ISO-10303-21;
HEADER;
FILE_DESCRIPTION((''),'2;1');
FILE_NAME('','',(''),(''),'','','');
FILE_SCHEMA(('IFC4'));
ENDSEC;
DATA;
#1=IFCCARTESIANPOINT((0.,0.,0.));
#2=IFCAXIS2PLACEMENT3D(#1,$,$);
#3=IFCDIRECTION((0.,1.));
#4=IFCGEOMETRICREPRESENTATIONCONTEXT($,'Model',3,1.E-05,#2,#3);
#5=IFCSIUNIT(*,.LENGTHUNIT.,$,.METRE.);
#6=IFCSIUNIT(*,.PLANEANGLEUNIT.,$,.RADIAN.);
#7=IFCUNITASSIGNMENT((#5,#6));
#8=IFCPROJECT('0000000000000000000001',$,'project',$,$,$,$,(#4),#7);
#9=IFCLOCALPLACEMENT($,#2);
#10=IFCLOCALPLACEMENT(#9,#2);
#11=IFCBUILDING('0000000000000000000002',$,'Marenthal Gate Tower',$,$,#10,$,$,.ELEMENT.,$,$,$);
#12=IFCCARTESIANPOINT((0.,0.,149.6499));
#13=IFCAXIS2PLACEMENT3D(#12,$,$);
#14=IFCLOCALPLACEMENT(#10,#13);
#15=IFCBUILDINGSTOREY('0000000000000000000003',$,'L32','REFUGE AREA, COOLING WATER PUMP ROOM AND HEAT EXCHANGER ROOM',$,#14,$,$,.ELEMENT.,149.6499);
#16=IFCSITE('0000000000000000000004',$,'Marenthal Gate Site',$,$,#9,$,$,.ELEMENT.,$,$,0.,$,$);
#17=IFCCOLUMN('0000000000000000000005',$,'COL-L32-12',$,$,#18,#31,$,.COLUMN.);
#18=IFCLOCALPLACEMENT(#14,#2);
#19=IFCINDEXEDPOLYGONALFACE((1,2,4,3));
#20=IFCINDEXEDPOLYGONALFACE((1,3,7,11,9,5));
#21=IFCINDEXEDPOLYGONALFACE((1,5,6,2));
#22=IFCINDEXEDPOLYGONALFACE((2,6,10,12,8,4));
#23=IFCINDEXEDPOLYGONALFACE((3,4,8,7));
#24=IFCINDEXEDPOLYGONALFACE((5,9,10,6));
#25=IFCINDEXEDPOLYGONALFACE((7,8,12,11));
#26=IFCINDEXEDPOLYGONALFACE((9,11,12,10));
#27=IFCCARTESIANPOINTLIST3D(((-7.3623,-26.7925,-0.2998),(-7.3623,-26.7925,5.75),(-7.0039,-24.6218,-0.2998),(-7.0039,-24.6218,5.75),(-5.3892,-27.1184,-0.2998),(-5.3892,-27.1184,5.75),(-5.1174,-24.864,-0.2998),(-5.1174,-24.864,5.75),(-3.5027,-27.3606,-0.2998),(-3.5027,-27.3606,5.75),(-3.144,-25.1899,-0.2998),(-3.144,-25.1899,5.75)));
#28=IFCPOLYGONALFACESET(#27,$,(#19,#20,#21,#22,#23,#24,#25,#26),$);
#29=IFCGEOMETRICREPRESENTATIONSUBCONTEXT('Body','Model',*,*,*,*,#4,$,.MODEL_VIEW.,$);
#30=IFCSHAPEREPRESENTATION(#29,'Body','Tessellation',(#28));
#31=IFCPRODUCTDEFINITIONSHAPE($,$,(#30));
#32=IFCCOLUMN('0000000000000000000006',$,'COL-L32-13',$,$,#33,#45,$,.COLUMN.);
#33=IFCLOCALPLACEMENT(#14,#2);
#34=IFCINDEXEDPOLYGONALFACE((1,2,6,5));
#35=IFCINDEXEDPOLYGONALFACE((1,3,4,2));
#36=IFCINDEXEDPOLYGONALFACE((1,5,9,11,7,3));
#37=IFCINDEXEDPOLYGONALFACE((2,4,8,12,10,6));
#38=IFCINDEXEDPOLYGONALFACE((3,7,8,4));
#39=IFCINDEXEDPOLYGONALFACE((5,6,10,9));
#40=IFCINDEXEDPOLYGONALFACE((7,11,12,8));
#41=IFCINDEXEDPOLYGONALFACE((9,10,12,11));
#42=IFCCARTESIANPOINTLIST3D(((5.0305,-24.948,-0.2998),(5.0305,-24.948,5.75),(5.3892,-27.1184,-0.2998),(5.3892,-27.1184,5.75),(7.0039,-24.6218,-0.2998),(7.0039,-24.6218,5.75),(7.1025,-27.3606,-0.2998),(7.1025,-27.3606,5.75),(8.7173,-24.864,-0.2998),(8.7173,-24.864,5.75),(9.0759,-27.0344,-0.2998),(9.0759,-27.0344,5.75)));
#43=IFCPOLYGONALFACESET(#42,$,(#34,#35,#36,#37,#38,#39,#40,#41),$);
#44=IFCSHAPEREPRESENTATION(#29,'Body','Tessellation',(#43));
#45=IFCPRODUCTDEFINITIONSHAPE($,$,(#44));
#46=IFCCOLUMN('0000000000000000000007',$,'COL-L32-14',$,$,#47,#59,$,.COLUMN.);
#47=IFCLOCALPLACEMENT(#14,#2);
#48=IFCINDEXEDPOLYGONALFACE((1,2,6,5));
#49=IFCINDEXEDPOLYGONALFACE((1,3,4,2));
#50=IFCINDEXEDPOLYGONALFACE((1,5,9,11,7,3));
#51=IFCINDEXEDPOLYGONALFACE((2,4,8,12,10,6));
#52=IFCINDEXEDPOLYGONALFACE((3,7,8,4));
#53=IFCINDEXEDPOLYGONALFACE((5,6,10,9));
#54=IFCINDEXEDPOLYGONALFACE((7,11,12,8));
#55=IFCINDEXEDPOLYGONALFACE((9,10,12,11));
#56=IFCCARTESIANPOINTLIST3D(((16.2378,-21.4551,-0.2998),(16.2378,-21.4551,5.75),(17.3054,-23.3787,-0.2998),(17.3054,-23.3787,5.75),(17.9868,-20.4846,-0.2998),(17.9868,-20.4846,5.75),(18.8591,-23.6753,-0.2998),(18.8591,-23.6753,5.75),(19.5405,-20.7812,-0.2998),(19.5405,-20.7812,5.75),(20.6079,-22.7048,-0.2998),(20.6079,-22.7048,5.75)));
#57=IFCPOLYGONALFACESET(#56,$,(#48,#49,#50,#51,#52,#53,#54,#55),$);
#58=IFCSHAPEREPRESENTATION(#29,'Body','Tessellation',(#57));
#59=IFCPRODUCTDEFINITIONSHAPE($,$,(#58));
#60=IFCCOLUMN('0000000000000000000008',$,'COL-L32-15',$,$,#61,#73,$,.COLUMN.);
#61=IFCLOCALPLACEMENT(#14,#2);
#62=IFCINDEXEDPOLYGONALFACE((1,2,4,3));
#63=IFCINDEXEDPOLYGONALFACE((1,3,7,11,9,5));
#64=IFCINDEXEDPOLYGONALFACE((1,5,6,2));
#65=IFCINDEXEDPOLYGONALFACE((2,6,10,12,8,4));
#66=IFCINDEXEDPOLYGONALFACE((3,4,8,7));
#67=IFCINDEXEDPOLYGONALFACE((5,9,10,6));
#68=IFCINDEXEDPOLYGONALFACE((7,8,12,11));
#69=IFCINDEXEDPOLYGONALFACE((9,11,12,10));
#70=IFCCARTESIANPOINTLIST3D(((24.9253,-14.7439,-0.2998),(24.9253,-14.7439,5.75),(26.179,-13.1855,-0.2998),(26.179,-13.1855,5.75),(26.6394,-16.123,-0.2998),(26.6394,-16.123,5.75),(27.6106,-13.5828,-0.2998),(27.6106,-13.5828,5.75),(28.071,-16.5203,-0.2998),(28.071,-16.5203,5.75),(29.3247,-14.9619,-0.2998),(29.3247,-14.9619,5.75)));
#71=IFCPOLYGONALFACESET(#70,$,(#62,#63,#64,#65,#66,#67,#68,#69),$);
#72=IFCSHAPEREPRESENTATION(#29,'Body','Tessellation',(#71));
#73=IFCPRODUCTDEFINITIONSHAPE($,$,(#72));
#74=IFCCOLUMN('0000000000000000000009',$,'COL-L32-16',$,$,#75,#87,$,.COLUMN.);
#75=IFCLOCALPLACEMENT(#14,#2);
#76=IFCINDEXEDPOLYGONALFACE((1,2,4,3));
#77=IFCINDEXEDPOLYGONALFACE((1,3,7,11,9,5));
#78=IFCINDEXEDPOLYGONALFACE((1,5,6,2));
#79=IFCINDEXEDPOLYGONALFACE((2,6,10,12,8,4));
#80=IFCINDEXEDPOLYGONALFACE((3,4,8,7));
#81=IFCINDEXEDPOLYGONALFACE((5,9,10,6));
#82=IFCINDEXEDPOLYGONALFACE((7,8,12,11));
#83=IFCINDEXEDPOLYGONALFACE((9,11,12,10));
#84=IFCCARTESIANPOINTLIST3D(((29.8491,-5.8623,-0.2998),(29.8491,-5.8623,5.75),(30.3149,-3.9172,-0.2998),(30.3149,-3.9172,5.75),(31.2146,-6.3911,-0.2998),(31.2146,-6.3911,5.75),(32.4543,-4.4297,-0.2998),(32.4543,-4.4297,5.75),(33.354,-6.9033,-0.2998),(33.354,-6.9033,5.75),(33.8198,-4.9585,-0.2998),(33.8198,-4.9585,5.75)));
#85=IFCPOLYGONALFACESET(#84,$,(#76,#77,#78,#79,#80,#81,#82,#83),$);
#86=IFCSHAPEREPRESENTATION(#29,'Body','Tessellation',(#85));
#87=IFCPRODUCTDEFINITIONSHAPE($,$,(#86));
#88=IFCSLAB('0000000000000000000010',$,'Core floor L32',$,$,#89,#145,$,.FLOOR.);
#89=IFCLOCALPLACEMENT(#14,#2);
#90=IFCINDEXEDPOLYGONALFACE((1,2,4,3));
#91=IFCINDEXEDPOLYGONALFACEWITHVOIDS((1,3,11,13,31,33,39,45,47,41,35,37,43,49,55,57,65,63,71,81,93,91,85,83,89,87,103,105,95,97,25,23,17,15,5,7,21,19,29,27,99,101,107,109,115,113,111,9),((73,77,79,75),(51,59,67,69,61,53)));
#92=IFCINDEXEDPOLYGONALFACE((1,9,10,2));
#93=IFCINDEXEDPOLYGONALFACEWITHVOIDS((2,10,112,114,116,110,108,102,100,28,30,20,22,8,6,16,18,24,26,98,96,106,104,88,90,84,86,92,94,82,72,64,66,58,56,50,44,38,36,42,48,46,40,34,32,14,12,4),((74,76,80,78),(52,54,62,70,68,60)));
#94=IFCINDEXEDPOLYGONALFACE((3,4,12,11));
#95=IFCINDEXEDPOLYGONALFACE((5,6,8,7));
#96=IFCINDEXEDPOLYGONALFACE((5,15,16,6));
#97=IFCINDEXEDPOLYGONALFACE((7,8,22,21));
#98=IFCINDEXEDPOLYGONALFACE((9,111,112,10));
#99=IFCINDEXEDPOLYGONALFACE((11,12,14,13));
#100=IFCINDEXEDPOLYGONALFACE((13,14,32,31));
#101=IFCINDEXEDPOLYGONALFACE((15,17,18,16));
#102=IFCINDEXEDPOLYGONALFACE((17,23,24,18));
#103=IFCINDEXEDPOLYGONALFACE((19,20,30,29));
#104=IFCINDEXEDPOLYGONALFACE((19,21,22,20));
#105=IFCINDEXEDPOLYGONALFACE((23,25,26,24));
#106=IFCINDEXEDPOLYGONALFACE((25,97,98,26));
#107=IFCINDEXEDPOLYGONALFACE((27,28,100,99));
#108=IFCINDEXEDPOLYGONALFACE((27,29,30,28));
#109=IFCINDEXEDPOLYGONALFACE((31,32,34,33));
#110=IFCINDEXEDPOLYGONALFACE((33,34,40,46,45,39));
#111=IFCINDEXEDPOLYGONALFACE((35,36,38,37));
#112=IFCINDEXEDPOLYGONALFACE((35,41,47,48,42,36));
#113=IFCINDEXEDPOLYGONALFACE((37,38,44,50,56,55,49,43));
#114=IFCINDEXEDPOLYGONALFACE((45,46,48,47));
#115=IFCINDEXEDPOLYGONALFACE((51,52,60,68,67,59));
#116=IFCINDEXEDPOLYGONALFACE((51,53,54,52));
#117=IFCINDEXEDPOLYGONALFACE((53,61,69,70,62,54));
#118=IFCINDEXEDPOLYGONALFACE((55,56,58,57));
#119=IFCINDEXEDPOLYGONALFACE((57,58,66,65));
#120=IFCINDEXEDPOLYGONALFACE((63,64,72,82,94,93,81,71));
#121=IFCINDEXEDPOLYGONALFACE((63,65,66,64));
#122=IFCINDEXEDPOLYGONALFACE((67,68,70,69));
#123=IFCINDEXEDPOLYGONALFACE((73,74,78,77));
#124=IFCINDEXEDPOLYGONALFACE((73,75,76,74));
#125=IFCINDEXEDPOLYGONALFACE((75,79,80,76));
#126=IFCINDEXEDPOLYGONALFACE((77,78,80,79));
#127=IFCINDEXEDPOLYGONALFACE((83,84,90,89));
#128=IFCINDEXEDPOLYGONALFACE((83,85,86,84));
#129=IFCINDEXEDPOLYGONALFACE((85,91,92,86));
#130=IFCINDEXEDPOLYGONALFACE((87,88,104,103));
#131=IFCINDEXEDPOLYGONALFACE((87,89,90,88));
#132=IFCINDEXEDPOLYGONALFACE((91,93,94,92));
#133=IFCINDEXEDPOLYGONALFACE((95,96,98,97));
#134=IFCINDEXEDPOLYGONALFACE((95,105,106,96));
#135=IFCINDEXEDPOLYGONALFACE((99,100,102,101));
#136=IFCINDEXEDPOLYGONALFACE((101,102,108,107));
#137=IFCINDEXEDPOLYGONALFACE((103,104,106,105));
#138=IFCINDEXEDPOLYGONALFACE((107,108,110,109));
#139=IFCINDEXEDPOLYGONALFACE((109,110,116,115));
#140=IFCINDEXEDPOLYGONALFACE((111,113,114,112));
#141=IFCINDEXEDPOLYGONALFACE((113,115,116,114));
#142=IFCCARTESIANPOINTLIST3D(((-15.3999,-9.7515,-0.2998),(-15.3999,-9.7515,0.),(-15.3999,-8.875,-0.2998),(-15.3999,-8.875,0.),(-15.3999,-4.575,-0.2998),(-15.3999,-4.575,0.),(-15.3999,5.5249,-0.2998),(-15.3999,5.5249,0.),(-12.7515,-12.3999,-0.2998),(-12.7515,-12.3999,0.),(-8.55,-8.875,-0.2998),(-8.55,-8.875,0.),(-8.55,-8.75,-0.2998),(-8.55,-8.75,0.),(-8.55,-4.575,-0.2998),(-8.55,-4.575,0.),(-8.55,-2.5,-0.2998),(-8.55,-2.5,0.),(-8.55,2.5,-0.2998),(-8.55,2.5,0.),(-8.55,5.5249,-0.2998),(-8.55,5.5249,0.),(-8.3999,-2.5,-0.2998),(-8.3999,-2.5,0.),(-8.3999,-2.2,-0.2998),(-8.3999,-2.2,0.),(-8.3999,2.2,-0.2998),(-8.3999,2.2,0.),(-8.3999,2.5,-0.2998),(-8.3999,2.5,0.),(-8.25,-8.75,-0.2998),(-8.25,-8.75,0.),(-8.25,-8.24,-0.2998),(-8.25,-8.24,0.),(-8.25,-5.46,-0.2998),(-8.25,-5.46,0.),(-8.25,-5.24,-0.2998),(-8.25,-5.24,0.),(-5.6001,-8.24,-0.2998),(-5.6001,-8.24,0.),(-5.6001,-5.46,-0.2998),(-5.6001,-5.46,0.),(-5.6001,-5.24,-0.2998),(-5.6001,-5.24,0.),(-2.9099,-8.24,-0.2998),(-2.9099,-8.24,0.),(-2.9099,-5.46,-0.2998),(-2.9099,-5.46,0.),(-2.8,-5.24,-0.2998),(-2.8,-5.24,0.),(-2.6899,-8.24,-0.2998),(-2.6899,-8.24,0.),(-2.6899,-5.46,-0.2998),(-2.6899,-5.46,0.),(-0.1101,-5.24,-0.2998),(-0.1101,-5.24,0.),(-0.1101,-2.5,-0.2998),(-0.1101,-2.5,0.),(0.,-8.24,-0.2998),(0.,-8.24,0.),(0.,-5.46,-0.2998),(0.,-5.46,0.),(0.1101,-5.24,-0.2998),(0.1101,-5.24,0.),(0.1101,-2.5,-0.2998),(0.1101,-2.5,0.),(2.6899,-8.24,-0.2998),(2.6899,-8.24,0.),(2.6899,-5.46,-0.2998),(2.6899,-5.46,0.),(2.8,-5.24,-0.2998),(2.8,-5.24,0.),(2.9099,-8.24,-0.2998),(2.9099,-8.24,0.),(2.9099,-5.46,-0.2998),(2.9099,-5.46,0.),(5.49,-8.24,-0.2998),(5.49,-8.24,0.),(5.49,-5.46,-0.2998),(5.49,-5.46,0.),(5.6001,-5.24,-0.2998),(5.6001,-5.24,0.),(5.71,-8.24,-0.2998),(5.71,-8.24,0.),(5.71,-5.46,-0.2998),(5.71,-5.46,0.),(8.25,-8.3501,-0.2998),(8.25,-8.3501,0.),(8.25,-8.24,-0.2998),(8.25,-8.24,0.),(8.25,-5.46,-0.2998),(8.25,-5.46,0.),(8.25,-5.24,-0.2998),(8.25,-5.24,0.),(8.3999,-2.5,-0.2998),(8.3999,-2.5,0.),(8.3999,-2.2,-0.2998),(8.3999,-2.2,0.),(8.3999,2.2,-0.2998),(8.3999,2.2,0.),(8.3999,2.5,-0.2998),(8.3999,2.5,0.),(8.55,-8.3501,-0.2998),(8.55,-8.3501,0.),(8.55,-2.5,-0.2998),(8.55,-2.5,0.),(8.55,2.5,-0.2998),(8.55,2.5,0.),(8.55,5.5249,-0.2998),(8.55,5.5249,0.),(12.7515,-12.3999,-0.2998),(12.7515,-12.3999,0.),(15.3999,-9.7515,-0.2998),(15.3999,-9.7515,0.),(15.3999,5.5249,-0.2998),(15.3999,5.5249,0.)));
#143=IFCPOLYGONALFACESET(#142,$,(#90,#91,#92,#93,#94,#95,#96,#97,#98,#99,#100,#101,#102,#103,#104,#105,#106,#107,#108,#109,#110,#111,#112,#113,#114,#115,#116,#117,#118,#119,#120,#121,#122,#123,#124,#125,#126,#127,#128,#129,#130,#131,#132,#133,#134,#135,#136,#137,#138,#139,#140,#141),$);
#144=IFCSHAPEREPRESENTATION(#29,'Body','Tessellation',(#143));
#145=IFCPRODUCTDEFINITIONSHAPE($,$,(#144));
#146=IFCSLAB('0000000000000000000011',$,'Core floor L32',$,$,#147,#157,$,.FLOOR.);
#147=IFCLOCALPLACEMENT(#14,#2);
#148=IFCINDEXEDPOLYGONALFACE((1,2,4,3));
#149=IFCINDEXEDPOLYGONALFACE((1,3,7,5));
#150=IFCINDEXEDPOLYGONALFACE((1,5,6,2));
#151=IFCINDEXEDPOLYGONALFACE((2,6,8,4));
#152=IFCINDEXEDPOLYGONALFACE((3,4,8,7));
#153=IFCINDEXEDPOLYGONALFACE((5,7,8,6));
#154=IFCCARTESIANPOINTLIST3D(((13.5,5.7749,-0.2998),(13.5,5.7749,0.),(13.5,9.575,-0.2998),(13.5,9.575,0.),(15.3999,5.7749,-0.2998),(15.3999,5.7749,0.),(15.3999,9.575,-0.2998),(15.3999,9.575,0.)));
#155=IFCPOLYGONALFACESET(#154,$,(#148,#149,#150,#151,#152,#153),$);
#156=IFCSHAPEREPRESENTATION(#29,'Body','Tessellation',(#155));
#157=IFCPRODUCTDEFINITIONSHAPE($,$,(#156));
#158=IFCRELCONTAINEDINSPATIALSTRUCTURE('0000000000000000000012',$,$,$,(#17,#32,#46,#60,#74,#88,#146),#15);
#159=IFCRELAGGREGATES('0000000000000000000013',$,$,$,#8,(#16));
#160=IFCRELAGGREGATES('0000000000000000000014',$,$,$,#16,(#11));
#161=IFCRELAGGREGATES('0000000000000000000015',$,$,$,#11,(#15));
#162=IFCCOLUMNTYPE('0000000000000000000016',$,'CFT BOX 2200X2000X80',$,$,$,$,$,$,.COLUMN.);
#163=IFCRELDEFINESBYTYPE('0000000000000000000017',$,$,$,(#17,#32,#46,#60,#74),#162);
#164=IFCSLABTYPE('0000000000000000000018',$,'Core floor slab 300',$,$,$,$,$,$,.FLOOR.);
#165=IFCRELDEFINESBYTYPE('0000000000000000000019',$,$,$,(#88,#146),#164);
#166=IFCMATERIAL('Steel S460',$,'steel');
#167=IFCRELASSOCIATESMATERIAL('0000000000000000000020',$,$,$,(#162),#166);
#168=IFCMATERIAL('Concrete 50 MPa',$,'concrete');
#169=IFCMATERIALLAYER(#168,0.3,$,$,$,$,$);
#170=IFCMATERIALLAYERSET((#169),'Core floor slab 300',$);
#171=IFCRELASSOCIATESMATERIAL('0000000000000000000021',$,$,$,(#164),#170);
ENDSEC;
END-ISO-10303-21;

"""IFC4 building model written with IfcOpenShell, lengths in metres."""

from ifc_helpers import new_model, si_unit, direction, frame, origin, origin_2d, place, context, subcontext, project, spatial, polyline, rectangle, hollow_rectangle, outline, extrude, material, layer, layer_set, material_profile, profile_set, type_object, element, save


model = new_model("IFC4")

# Units and contexts
model_context = context("Model", 3, precision=1e-05, world=origin(), true_north=direction((0.0, 1.0)))
body_context = subcontext(model_context, "Body", "Model", "MODEL_VIEW")
ifc_project = project(units=[si_unit("LENGTHUNIT", "METRE"), si_unit("PLANEANGLEUNIT", "RADIAN")], contexts=[model_context])

# Site, building, storey
site_placement = place(None, origin())
site = spatial("IfcSite", under=ifc_project, at=site_placement, Name="Marenthal Gate Site", CompositionType="ELEMENT", RefElevation=0.0)
building_placement = place(site_placement, origin())
building = spatial("IfcBuilding", under=site, at=building_placement, Name="Marenthal Gate Tower", CompositionType="ELEMENT")
storey_placement = place(building_placement, frame((0.0, 0.0, 149.6499)))
storey = spatial("IfcBuildingStorey", under=building, at=storey_placement, Name="L32", Description="REFUGE AREA, COOLING WATER PUMP ROOM AND HEAT EXCHANGER ROOM", CompositionType="ELEMENT", Elevation=149.6499)

# Columns
ifc_material_1 = material(Name="Steel S460", Category="steel")
ifc_material_profile_1 = material_profile(ifc_material_1, hollow_rectangle(XDim=2.0, YDim=2.2, WallThickness=0.0801, at=origin_2d()), Name="CFT BOX 2200X2000X80")
ifc_material_2 = material(Name="Concrete 70 MPa", Category="concrete")
ifc_material_profile_2 = material_profile(ifc_material_2, rectangle(XDim=1.8401, YDim=2.04, at=origin_2d()), Name="CFT BOX 2200X2000X80 INFILL")
ifc_profile_set = profile_set([ifc_material_profile_1, ifc_material_profile_2], Name="Steel S460 shell, Concrete 70 MPa infill")
column_type = type_object("IfcColumnType", Name="CFT BOX 2200X2000X80", PredefinedType="COLUMN", material=ifc_profile_set)
column_1_placement = place(storey_placement, frame((0.0, 0.0, -0.2998)))
element("IfcColumn", 1, at=column_1_placement, inside=storey, type_object=column_type, Name="COL-L32-12", PredefinedType="COLUMN", context=body_context, shape_type="SweptSolid", body=[
    extrude(outline(polyline([(-3.5027, -27.3606), (-5.3892, -27.1184), (-7.3623, -26.7925), (-7.0039, -24.6218), (-5.1174, -24.864), (-3.144, -25.1899), (-3.5027, -27.3606)])), origin(), (0.0, 0.0, 1.0), 6.0498),
])
column_2_placement = place(storey_placement, frame((0.0, 0.0, -0.2998)))
element("IfcColumn", 2, at=column_2_placement, inside=storey, type_object=column_type, Name="COL-L32-13", PredefinedType="COLUMN", context=body_context, shape_type="SweptSolid", body=[
    extrude(outline(polyline([(7.1025, -27.3606), (5.3892, -27.1184), (5.0305, -24.948), (7.0039, -24.6218), (8.7173, -24.864), (9.0759, -27.0344), (7.1025, -27.3606)])), origin(), (0.0, 0.0, 1.0), 6.0498),
])
column_3_placement = place(storey_placement, frame((0.0, 0.0, -0.2998)))
element("IfcColumn", 3, at=column_3_placement, inside=storey, type_object=column_type, Name="COL-L32-14", PredefinedType="COLUMN", context=body_context, shape_type="SweptSolid", body=[
    extrude(outline(polyline([(18.8591, -23.6753), (17.3054, -23.3787), (16.2378, -21.4551), (17.9868, -20.4846), (19.5405, -20.7812), (20.6079, -22.7048), (18.8591, -23.6753)])), origin(), (0.0, 0.0, 1.0), 6.0498),
])
column_4_placement = place(storey_placement, frame((0.0, 0.0, -0.2998)))
element("IfcColumn", 4, at=column_4_placement, inside=storey, type_object=column_type, Name="COL-L32-15", PredefinedType="COLUMN", context=body_context, shape_type="SweptSolid", body=[
    extrude(outline(polyline([(28.071, -16.5203), (26.6394, -16.123), (24.9253, -14.7439), (26.179, -13.1855), (27.6106, -13.5828), (29.3247, -14.9619), (28.071, -16.5203)])), origin(), (0.0, 0.0, 1.0), 6.0498),
])
column_5_placement = place(storey_placement, frame((0.0, 0.0, -0.2998)))
element("IfcColumn", 5, at=column_5_placement, inside=storey, type_object=column_type, Name="COL-L32-16", PredefinedType="COLUMN", context=body_context, shape_type="SweptSolid", body=[
    extrude(outline(polyline([(33.354, -6.9033), (31.2146, -6.3911), (29.8491, -5.8623), (30.3149, -3.9172), (32.4543, -4.4297), (33.8198, -4.9585), (33.354, -6.9033)])), origin(), (0.0, 0.0, 1.0), 6.0498),
])

# Slabs
ifc_material_3 = material(Name="Concrete 50 MPa", Category="concrete")
ifc_layer_1 = layer(ifc_material_3, 0.3)
ifc_layer_set_1 = layer_set([ifc_layer_1], Name="Core floor slab 300")
slab_type_1 = type_object("IfcSlabType", Name="Core floor slab 300", PredefinedType="FLOOR", material=ifc_layer_set_1)
slab_1_placement = place(storey_placement, frame((0.0, 0.0, -0.2998)))
element("IfcSlab", 6, at=slab_1_placement, inside=storey, type_object=slab_type_1, Name="Core floor L32", PredefinedType="FLOOR", context=body_context, shape_type="SweptSolid", body=[
    extrude(outline(polyline([(15.3999, -9.7515), (12.7515, -12.3999), (-12.7515, -12.3999), (-15.3999, -9.7515), (-15.3999, -8.875), (-8.55, -8.875), (-8.55, -8.75), (-8.25, -8.75), (-8.25, -8.24), (-5.6001, -8.24), (-2.9099, -8.24), (-2.9099, -5.46), (-5.6001, -5.46), (-8.25, -5.46), (-8.25, -5.24), (-5.6001, -5.24), (-2.8, -5.24), (-0.1101, -5.24), (-0.1101, -2.5), (0.1101, -2.5), (0.1101, -5.24), (2.8, -5.24), (5.6001, -5.24), (8.25, -5.24), (8.25, -5.46), (5.71, -5.46), (5.71, -8.24), (8.25, -8.24), (8.25, -8.3501), (8.55, -8.3501), (8.55, -2.5), (8.3999, -2.5), (8.3999, -2.2), (-8.3999, -2.2), (-8.3999, -2.5), (-8.55, -2.5), (-8.55, -4.575), (-15.3999, -4.575), (-15.3999, 5.5249), (-8.55, 5.5249), (-8.55, 2.5), (-8.3999, 2.5), (-8.3999, 2.2), (8.3999, 2.2), (8.3999, 2.5), (8.55, 2.5), (8.55, 5.5249), (15.3999, 5.5249), (15.3999, -9.7515)]), holes=[polyline([(2.6899, -5.46), (0.0, -5.46), (-2.6899, -5.46), (-2.6899, -8.24), (0.0, -8.24), (2.6899, -8.24), (2.6899, -5.46)]), polyline([(5.49, -5.46), (2.9099, -5.46), (2.9099, -8.24), (5.49, -8.24), (5.49, -5.46)])]), origin(), (0.0, 0.0, 1.0), 0.2998),
])
slab_2_placement = place(storey_placement, frame((0.0, 0.0, -0.2998)))
element("IfcSlab", 7, at=slab_2_placement, inside=storey, type_object=slab_type_1, Name="Core floor L32", PredefinedType="FLOOR", context=body_context, shape_type="SweptSolid", body=[
    extrude(outline(polyline([(15.3999, 5.7749), (13.5, 5.7749), (13.5, 9.575), (15.3999, 9.575), (15.3999, 5.7749)])), origin(), (0.0, 0.0, 1.0), 0.2998),
])

save(model, "model.ifc")
